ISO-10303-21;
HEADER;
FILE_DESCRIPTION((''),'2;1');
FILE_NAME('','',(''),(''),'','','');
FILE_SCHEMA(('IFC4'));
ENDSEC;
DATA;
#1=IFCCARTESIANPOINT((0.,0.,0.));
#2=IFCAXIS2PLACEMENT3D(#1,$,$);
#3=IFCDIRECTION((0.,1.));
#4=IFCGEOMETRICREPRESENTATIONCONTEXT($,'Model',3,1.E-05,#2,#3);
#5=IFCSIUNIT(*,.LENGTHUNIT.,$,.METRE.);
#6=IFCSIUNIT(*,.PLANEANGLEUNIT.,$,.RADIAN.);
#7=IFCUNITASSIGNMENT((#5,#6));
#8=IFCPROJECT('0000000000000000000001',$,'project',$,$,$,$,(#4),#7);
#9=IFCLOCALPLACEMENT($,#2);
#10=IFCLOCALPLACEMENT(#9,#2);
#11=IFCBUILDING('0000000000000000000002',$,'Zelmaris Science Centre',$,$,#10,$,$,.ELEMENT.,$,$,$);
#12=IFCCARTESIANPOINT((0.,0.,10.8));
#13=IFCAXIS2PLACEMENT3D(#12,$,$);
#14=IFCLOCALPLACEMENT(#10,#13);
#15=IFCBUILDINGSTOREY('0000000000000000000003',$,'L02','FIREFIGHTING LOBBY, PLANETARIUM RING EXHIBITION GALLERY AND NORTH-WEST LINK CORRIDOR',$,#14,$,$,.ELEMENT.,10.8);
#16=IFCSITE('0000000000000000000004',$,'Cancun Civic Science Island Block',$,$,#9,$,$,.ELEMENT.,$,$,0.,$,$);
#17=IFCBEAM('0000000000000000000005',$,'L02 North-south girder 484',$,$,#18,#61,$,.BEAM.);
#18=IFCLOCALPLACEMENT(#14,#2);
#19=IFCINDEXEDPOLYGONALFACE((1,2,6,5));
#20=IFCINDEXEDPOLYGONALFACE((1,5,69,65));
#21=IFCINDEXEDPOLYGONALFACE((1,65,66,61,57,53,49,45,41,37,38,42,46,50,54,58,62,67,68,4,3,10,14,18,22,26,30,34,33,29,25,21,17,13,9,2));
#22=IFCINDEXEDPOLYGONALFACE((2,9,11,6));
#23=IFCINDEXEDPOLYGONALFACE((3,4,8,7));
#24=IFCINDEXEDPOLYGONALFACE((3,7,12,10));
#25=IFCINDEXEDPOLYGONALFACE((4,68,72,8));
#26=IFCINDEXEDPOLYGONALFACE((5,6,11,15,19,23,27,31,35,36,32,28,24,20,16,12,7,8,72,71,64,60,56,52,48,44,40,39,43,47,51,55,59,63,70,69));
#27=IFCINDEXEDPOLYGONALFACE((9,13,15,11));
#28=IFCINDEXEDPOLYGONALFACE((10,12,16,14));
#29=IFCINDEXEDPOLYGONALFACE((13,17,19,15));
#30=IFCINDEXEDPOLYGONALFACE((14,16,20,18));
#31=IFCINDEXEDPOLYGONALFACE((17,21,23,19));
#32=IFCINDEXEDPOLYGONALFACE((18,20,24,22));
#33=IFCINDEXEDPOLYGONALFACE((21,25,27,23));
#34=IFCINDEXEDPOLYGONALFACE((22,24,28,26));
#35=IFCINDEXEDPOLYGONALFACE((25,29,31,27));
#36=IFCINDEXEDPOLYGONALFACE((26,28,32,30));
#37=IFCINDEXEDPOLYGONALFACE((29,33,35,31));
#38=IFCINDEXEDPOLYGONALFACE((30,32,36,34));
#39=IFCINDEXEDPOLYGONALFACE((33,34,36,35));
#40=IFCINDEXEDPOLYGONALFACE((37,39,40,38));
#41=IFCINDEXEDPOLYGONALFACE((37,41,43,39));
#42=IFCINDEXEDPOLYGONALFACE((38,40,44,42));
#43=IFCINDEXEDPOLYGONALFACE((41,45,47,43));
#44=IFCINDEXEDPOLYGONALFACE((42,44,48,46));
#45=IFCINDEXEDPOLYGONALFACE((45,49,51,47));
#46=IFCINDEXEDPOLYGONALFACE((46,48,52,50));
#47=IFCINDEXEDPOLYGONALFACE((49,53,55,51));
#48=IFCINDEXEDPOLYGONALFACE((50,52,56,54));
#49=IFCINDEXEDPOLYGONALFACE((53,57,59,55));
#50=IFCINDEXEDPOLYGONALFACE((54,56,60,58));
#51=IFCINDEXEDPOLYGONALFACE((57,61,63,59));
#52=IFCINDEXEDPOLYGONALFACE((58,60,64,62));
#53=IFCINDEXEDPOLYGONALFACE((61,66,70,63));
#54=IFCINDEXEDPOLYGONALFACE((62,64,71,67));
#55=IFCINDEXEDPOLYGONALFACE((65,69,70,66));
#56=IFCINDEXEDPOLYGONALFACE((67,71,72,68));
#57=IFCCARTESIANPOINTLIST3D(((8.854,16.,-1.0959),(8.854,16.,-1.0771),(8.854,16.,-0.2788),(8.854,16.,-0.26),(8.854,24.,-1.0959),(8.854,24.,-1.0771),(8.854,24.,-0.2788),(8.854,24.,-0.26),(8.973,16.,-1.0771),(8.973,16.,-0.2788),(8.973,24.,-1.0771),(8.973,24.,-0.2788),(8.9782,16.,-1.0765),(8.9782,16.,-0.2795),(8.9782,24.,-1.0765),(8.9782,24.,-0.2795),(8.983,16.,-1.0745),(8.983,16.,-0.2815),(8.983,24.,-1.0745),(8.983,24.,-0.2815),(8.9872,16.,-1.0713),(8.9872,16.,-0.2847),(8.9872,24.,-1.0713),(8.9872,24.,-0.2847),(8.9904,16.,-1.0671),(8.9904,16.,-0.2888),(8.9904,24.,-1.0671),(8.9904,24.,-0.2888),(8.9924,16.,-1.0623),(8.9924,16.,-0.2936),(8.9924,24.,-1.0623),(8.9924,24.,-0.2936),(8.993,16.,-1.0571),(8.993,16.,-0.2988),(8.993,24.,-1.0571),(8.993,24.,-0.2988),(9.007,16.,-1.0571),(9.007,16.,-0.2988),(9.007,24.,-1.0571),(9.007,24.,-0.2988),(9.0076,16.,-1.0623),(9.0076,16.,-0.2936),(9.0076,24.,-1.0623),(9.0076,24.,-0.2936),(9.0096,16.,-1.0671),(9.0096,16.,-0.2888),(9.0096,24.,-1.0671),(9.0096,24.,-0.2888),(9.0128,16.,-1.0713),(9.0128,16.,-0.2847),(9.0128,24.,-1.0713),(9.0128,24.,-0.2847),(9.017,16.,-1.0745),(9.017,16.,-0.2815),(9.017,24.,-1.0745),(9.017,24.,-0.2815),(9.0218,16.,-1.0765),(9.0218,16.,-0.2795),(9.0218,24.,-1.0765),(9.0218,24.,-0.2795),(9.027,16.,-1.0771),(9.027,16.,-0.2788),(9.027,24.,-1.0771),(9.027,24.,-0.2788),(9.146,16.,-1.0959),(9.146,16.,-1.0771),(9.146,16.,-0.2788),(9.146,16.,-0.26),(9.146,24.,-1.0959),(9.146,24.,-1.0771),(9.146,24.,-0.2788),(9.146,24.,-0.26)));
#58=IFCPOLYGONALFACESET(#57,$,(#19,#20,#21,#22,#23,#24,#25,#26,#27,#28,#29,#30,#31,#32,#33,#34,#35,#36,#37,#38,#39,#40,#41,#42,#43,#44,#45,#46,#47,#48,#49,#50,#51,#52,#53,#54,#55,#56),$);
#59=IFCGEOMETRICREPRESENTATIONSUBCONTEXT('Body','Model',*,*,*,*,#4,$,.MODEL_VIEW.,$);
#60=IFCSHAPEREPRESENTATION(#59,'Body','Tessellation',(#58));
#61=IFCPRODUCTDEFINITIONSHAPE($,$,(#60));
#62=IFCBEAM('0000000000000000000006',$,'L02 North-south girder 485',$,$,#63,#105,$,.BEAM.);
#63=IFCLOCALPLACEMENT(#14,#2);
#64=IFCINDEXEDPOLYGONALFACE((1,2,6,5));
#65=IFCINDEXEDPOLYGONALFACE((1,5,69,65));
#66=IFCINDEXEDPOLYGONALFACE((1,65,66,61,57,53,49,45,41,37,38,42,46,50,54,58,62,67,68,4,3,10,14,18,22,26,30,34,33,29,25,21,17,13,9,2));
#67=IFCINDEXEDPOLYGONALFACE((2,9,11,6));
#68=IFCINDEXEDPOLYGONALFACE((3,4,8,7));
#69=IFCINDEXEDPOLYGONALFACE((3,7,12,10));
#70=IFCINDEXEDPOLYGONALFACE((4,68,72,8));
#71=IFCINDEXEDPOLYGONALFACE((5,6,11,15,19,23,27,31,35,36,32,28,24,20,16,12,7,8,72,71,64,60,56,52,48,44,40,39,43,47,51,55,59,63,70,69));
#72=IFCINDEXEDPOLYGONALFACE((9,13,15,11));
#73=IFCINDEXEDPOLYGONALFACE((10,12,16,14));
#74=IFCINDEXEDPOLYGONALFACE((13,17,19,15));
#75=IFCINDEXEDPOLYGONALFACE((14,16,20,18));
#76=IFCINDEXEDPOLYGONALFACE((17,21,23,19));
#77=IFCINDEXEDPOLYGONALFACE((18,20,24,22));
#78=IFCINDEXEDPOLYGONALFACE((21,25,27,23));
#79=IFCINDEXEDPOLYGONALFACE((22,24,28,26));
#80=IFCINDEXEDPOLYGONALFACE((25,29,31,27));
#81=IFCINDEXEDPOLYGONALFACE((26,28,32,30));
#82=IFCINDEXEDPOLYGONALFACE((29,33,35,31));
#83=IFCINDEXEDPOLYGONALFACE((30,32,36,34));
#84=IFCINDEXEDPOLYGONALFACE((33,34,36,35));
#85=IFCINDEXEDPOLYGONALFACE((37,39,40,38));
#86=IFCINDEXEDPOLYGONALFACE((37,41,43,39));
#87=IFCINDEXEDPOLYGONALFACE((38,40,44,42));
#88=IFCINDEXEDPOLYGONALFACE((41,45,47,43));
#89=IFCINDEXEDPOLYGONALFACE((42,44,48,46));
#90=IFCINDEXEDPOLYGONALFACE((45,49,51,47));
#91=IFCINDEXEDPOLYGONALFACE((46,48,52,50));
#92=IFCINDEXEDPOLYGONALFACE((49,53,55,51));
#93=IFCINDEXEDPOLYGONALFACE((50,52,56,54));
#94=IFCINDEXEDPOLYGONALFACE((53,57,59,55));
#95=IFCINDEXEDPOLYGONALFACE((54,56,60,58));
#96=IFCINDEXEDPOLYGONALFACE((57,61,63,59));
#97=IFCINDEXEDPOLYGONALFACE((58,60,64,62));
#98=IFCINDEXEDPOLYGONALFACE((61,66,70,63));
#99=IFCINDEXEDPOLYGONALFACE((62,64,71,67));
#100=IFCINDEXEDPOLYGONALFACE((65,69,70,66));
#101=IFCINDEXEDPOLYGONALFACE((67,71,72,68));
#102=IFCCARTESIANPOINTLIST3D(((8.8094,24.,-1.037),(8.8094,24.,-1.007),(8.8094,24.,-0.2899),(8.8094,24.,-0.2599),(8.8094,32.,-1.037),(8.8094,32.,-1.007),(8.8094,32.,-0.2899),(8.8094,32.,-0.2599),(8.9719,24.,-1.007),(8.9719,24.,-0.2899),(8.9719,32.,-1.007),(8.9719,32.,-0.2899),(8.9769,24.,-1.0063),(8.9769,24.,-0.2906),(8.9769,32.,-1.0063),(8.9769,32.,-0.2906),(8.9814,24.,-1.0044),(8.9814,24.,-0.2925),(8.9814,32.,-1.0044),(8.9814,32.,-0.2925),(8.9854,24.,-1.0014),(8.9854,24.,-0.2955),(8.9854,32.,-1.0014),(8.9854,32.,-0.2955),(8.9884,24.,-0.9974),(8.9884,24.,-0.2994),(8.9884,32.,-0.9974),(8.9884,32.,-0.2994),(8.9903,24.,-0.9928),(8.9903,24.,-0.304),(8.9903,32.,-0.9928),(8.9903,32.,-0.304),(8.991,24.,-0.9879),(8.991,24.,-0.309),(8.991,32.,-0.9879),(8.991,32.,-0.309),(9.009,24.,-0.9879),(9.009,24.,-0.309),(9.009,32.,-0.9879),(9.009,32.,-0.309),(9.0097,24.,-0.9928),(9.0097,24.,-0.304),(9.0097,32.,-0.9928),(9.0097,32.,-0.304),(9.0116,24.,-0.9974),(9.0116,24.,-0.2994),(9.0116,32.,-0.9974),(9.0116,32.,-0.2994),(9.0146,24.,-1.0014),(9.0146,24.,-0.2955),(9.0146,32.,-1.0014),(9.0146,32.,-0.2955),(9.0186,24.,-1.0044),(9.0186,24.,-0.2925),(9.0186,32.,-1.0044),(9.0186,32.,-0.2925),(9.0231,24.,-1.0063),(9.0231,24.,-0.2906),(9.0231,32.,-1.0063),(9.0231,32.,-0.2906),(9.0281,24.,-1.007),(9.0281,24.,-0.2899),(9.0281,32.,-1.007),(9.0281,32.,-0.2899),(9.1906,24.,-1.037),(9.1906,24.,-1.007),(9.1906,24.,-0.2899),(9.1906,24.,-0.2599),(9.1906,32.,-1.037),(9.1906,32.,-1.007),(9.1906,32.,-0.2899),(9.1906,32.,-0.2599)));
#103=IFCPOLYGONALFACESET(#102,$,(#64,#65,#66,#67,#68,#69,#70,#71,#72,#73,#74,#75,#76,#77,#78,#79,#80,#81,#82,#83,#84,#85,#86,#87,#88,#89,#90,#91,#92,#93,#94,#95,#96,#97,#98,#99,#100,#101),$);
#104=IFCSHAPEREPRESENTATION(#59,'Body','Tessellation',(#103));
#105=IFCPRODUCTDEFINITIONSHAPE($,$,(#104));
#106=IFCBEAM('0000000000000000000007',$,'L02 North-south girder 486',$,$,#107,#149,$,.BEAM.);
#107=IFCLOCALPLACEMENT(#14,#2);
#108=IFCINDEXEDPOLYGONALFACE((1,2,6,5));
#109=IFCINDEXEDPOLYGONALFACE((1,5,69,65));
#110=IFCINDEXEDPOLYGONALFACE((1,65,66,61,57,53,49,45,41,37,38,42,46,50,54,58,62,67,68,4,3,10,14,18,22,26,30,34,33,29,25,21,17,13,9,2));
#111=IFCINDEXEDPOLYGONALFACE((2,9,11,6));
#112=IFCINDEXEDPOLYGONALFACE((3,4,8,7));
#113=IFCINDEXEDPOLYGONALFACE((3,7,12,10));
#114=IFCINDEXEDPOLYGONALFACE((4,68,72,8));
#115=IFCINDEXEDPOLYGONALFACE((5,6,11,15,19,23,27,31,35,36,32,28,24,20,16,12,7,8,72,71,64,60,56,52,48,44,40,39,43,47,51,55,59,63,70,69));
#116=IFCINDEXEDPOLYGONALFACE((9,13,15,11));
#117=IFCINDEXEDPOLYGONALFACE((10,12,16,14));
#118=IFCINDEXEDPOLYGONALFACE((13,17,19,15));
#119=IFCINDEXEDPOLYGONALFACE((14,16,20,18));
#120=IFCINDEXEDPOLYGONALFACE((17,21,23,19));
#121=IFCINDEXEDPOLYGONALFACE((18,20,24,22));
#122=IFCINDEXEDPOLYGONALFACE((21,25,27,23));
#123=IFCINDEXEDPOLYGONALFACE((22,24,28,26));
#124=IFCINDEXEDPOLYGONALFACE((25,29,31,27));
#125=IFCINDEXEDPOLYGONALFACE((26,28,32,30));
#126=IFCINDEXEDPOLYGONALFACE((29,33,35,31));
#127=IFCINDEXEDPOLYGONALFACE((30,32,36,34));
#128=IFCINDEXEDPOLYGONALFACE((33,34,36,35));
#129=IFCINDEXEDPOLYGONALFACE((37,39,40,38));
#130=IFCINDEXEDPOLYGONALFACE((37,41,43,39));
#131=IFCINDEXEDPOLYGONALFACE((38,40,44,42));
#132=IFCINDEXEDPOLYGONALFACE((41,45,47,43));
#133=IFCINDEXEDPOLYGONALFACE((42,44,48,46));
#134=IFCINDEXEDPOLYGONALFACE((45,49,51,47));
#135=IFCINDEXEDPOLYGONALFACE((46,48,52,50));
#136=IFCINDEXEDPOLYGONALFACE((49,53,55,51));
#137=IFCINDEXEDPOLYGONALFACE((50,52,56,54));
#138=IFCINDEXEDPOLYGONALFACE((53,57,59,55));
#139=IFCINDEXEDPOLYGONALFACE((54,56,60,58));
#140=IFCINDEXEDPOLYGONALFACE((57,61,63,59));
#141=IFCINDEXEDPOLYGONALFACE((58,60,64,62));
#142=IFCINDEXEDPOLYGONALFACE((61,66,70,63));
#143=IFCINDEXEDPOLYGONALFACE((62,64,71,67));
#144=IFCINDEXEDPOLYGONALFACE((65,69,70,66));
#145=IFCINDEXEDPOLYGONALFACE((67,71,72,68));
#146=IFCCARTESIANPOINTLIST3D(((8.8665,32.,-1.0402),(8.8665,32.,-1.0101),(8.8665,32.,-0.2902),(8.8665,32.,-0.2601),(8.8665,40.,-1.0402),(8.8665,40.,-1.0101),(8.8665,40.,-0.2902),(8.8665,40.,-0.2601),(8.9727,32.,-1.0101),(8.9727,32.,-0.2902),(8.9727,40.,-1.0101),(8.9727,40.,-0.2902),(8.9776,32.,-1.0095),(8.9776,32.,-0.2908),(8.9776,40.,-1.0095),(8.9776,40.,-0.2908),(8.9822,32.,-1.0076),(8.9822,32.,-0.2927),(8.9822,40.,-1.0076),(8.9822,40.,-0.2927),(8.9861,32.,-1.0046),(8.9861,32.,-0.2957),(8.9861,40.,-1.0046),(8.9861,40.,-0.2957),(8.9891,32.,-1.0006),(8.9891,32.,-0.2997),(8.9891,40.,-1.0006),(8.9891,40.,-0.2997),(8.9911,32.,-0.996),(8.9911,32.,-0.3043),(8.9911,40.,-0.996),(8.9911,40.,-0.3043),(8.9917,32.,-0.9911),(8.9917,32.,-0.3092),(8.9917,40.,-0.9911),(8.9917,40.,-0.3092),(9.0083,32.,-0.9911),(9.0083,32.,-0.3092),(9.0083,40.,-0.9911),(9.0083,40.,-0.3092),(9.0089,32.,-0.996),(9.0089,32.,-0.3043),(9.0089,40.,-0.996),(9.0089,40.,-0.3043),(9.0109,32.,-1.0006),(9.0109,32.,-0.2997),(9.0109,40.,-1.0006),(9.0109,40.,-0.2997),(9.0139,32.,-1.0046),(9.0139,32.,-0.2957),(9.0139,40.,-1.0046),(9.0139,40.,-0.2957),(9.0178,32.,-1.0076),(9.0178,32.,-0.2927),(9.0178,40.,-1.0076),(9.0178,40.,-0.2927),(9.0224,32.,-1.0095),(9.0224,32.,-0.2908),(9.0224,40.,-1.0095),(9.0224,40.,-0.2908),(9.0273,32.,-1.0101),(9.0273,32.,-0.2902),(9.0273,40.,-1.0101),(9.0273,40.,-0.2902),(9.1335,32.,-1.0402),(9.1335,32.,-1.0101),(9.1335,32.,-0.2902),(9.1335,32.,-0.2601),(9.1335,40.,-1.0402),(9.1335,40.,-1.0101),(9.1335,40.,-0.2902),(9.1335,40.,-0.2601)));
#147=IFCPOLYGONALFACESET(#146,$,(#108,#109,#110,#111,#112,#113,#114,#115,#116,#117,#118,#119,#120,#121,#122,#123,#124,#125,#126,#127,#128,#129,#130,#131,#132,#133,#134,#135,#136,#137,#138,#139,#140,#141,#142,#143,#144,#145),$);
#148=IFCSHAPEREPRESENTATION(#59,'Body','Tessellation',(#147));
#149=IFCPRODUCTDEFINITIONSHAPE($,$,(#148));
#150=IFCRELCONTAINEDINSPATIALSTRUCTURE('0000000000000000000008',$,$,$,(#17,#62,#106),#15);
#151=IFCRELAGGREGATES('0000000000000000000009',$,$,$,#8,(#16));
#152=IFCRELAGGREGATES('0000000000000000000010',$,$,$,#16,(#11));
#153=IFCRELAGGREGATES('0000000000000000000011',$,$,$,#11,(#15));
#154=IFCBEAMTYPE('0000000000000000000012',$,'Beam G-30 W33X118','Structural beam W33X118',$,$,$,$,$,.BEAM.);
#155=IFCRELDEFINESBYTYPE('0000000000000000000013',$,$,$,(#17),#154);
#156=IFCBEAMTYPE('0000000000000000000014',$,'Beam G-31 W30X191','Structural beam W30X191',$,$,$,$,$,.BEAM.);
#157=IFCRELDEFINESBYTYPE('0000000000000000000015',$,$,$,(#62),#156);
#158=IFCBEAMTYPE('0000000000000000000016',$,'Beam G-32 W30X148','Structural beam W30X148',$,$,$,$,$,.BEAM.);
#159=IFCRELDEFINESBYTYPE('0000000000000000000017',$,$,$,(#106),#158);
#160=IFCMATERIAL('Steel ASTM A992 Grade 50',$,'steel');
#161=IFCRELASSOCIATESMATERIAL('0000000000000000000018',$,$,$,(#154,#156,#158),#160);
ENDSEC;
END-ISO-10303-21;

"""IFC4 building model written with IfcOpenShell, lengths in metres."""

from ifc_helpers import new_model, si_unit, direction, frame, origin, origin_2d, place, context, subcontext, project, spatial, i_section, extrude, material, material_profile, profile_set, type_object, element, save


model = new_model("IFC4")

# Units and contexts
model_context = context("Model", 3, precision=1e-05, world=origin(), true_north=direction((0.0, 1.0)))
body_context = subcontext(model_context, "Body", "Model", "MODEL_VIEW")
ifc_project = project(units=[si_unit("LENGTHUNIT", "METRE"), si_unit("PLANEANGLEUNIT", "RADIAN")], contexts=[model_context])

# Site, building, storey
site_placement = place(None, origin())
site = spatial("IfcSite", under=ifc_project, at=site_placement, Name="Cancun Civic Science Island Block", CompositionType="ELEMENT", RefElevation=0.0)
building_placement = place(site_placement, origin())
building = spatial("IfcBuilding", under=site, at=building_placement, Name="Zelmaris Science Centre", CompositionType="ELEMENT")
storey_placement = place(building_placement, frame((0.0, 0.0, 10.8)))
storey = spatial("IfcBuildingStorey", under=building, at=storey_placement, Name="L02", Description="FIREFIGHTING LOBBY, PLANETARIUM RING EXHIBITION GALLERY AND NORTH-WEST LINK CORRIDOR", CompositionType="ELEMENT", Elevation=10.8)

# Shared definitions
ifc_material_1 = material(Name="Steel ASTM A992 Grade 50", Category="steel")

# Beams
ifc_material_profile_1 = material_profile(ifc_material_1, i_section(OverallWidth=0.292, OverallDepth=0.8359, WebThickness=0.0139, FlangeThickness=0.0188, FilletRadius=0.02, at=origin_2d()), Name="W33X118")
ifc_profile_set_1 = profile_set([ifc_material_profile_1], Name="Steel ASTM A992 Grade 50")
beam_type_1 = type_object("IfcBeamType", Name="Beam G-30 W33X118", Description="Structural beam W33X118", PredefinedType="BEAM", material=ifc_profile_set_1)
beam_1_placement = place(storey_placement, frame((9.0, 16.0, -0.678), z_axis=(0.0, 1.0, 0.0), x_axis=(-1.0, 0.0, 0.0)))
element("IfcBeam", 1, at=beam_1_placement, inside=storey, type_object=beam_type_1, Name="L02 North-south girder 484", PredefinedType="BEAM", context=body_context, shape_type="SweptSolid", body=[
    extrude(i_section(OverallWidth=0.292, OverallDepth=0.8359, WebThickness=0.0139, FlangeThickness=0.0188, FilletRadius=0.02, at=origin_2d()), origin(), (0.0, 0.0, 1.0), 8.0),
])
ifc_material_profile_2 = material_profile(ifc_material_1, i_section(OverallWidth=0.3811, OverallDepth=0.7771, WebThickness=0.0181, FlangeThickness=0.03, FilletRadius=0.019, at=origin_2d()), Name="W30X191")
ifc_profile_set_2 = profile_set([ifc_material_profile_2], Name="Steel ASTM A992 Grade 50")
beam_type_2 = type_object("IfcBeamType", Name="Beam G-31 W30X191", Description="Structural beam W30X191", PredefinedType="BEAM", material=ifc_profile_set_2)
beam_2_placement = place(storey_placement, frame((9.0, 24.0, -0.6484), z_axis=(0.0, 1.0, 0.0), x_axis=(-1.0, 0.0, 0.0)))
element("IfcBeam", 2, at=beam_2_placement, inside=storey, type_object=beam_type_2, Name="L02 North-south girder 485", PredefinedType="BEAM", context=body_context, shape_type="SweptSolid", body=[
    extrude(i_section(OverallWidth=0.3811, OverallDepth=0.7771, WebThickness=0.0181, FlangeThickness=0.03, FilletRadius=0.019, at=origin_2d()), origin(), (0.0, 0.0, 1.0), 8.0),
])
ifc_material_profile_3 = material_profile(ifc_material_1, i_section(OverallWidth=0.2671, OverallDepth=0.78, WebThickness=0.0166, FlangeThickness=0.03, FilletRadius=0.019, at=origin_2d()), Name="W30X148")
ifc_profile_set_3 = profile_set([ifc_material_profile_3], Name="Steel ASTM A992 Grade 50")
beam_type_3 = type_object("IfcBeamType", Name="Beam G-32 W30X148", Description="Structural beam W30X148", PredefinedType="BEAM", material=ifc_profile_set_3)
beam_3_placement = place(storey_placement, frame((9.0, 32.0, -0.6501), z_axis=(0.0, 1.0, 0.0), x_axis=(-1.0, 0.0, 0.0)))
element("IfcBeam", 3, at=beam_3_placement, inside=storey, type_object=beam_type_3, Name="L02 North-south girder 486", PredefinedType="BEAM", context=body_context, shape_type="SweptSolid", body=[
    extrude(i_section(OverallWidth=0.2671, OverallDepth=0.78, WebThickness=0.0166, FlangeThickness=0.03, FilletRadius=0.019, at=origin_2d()), origin(), (0.0, 0.0, 1.0), 8.0),
])

save(model, "model.ifc")
